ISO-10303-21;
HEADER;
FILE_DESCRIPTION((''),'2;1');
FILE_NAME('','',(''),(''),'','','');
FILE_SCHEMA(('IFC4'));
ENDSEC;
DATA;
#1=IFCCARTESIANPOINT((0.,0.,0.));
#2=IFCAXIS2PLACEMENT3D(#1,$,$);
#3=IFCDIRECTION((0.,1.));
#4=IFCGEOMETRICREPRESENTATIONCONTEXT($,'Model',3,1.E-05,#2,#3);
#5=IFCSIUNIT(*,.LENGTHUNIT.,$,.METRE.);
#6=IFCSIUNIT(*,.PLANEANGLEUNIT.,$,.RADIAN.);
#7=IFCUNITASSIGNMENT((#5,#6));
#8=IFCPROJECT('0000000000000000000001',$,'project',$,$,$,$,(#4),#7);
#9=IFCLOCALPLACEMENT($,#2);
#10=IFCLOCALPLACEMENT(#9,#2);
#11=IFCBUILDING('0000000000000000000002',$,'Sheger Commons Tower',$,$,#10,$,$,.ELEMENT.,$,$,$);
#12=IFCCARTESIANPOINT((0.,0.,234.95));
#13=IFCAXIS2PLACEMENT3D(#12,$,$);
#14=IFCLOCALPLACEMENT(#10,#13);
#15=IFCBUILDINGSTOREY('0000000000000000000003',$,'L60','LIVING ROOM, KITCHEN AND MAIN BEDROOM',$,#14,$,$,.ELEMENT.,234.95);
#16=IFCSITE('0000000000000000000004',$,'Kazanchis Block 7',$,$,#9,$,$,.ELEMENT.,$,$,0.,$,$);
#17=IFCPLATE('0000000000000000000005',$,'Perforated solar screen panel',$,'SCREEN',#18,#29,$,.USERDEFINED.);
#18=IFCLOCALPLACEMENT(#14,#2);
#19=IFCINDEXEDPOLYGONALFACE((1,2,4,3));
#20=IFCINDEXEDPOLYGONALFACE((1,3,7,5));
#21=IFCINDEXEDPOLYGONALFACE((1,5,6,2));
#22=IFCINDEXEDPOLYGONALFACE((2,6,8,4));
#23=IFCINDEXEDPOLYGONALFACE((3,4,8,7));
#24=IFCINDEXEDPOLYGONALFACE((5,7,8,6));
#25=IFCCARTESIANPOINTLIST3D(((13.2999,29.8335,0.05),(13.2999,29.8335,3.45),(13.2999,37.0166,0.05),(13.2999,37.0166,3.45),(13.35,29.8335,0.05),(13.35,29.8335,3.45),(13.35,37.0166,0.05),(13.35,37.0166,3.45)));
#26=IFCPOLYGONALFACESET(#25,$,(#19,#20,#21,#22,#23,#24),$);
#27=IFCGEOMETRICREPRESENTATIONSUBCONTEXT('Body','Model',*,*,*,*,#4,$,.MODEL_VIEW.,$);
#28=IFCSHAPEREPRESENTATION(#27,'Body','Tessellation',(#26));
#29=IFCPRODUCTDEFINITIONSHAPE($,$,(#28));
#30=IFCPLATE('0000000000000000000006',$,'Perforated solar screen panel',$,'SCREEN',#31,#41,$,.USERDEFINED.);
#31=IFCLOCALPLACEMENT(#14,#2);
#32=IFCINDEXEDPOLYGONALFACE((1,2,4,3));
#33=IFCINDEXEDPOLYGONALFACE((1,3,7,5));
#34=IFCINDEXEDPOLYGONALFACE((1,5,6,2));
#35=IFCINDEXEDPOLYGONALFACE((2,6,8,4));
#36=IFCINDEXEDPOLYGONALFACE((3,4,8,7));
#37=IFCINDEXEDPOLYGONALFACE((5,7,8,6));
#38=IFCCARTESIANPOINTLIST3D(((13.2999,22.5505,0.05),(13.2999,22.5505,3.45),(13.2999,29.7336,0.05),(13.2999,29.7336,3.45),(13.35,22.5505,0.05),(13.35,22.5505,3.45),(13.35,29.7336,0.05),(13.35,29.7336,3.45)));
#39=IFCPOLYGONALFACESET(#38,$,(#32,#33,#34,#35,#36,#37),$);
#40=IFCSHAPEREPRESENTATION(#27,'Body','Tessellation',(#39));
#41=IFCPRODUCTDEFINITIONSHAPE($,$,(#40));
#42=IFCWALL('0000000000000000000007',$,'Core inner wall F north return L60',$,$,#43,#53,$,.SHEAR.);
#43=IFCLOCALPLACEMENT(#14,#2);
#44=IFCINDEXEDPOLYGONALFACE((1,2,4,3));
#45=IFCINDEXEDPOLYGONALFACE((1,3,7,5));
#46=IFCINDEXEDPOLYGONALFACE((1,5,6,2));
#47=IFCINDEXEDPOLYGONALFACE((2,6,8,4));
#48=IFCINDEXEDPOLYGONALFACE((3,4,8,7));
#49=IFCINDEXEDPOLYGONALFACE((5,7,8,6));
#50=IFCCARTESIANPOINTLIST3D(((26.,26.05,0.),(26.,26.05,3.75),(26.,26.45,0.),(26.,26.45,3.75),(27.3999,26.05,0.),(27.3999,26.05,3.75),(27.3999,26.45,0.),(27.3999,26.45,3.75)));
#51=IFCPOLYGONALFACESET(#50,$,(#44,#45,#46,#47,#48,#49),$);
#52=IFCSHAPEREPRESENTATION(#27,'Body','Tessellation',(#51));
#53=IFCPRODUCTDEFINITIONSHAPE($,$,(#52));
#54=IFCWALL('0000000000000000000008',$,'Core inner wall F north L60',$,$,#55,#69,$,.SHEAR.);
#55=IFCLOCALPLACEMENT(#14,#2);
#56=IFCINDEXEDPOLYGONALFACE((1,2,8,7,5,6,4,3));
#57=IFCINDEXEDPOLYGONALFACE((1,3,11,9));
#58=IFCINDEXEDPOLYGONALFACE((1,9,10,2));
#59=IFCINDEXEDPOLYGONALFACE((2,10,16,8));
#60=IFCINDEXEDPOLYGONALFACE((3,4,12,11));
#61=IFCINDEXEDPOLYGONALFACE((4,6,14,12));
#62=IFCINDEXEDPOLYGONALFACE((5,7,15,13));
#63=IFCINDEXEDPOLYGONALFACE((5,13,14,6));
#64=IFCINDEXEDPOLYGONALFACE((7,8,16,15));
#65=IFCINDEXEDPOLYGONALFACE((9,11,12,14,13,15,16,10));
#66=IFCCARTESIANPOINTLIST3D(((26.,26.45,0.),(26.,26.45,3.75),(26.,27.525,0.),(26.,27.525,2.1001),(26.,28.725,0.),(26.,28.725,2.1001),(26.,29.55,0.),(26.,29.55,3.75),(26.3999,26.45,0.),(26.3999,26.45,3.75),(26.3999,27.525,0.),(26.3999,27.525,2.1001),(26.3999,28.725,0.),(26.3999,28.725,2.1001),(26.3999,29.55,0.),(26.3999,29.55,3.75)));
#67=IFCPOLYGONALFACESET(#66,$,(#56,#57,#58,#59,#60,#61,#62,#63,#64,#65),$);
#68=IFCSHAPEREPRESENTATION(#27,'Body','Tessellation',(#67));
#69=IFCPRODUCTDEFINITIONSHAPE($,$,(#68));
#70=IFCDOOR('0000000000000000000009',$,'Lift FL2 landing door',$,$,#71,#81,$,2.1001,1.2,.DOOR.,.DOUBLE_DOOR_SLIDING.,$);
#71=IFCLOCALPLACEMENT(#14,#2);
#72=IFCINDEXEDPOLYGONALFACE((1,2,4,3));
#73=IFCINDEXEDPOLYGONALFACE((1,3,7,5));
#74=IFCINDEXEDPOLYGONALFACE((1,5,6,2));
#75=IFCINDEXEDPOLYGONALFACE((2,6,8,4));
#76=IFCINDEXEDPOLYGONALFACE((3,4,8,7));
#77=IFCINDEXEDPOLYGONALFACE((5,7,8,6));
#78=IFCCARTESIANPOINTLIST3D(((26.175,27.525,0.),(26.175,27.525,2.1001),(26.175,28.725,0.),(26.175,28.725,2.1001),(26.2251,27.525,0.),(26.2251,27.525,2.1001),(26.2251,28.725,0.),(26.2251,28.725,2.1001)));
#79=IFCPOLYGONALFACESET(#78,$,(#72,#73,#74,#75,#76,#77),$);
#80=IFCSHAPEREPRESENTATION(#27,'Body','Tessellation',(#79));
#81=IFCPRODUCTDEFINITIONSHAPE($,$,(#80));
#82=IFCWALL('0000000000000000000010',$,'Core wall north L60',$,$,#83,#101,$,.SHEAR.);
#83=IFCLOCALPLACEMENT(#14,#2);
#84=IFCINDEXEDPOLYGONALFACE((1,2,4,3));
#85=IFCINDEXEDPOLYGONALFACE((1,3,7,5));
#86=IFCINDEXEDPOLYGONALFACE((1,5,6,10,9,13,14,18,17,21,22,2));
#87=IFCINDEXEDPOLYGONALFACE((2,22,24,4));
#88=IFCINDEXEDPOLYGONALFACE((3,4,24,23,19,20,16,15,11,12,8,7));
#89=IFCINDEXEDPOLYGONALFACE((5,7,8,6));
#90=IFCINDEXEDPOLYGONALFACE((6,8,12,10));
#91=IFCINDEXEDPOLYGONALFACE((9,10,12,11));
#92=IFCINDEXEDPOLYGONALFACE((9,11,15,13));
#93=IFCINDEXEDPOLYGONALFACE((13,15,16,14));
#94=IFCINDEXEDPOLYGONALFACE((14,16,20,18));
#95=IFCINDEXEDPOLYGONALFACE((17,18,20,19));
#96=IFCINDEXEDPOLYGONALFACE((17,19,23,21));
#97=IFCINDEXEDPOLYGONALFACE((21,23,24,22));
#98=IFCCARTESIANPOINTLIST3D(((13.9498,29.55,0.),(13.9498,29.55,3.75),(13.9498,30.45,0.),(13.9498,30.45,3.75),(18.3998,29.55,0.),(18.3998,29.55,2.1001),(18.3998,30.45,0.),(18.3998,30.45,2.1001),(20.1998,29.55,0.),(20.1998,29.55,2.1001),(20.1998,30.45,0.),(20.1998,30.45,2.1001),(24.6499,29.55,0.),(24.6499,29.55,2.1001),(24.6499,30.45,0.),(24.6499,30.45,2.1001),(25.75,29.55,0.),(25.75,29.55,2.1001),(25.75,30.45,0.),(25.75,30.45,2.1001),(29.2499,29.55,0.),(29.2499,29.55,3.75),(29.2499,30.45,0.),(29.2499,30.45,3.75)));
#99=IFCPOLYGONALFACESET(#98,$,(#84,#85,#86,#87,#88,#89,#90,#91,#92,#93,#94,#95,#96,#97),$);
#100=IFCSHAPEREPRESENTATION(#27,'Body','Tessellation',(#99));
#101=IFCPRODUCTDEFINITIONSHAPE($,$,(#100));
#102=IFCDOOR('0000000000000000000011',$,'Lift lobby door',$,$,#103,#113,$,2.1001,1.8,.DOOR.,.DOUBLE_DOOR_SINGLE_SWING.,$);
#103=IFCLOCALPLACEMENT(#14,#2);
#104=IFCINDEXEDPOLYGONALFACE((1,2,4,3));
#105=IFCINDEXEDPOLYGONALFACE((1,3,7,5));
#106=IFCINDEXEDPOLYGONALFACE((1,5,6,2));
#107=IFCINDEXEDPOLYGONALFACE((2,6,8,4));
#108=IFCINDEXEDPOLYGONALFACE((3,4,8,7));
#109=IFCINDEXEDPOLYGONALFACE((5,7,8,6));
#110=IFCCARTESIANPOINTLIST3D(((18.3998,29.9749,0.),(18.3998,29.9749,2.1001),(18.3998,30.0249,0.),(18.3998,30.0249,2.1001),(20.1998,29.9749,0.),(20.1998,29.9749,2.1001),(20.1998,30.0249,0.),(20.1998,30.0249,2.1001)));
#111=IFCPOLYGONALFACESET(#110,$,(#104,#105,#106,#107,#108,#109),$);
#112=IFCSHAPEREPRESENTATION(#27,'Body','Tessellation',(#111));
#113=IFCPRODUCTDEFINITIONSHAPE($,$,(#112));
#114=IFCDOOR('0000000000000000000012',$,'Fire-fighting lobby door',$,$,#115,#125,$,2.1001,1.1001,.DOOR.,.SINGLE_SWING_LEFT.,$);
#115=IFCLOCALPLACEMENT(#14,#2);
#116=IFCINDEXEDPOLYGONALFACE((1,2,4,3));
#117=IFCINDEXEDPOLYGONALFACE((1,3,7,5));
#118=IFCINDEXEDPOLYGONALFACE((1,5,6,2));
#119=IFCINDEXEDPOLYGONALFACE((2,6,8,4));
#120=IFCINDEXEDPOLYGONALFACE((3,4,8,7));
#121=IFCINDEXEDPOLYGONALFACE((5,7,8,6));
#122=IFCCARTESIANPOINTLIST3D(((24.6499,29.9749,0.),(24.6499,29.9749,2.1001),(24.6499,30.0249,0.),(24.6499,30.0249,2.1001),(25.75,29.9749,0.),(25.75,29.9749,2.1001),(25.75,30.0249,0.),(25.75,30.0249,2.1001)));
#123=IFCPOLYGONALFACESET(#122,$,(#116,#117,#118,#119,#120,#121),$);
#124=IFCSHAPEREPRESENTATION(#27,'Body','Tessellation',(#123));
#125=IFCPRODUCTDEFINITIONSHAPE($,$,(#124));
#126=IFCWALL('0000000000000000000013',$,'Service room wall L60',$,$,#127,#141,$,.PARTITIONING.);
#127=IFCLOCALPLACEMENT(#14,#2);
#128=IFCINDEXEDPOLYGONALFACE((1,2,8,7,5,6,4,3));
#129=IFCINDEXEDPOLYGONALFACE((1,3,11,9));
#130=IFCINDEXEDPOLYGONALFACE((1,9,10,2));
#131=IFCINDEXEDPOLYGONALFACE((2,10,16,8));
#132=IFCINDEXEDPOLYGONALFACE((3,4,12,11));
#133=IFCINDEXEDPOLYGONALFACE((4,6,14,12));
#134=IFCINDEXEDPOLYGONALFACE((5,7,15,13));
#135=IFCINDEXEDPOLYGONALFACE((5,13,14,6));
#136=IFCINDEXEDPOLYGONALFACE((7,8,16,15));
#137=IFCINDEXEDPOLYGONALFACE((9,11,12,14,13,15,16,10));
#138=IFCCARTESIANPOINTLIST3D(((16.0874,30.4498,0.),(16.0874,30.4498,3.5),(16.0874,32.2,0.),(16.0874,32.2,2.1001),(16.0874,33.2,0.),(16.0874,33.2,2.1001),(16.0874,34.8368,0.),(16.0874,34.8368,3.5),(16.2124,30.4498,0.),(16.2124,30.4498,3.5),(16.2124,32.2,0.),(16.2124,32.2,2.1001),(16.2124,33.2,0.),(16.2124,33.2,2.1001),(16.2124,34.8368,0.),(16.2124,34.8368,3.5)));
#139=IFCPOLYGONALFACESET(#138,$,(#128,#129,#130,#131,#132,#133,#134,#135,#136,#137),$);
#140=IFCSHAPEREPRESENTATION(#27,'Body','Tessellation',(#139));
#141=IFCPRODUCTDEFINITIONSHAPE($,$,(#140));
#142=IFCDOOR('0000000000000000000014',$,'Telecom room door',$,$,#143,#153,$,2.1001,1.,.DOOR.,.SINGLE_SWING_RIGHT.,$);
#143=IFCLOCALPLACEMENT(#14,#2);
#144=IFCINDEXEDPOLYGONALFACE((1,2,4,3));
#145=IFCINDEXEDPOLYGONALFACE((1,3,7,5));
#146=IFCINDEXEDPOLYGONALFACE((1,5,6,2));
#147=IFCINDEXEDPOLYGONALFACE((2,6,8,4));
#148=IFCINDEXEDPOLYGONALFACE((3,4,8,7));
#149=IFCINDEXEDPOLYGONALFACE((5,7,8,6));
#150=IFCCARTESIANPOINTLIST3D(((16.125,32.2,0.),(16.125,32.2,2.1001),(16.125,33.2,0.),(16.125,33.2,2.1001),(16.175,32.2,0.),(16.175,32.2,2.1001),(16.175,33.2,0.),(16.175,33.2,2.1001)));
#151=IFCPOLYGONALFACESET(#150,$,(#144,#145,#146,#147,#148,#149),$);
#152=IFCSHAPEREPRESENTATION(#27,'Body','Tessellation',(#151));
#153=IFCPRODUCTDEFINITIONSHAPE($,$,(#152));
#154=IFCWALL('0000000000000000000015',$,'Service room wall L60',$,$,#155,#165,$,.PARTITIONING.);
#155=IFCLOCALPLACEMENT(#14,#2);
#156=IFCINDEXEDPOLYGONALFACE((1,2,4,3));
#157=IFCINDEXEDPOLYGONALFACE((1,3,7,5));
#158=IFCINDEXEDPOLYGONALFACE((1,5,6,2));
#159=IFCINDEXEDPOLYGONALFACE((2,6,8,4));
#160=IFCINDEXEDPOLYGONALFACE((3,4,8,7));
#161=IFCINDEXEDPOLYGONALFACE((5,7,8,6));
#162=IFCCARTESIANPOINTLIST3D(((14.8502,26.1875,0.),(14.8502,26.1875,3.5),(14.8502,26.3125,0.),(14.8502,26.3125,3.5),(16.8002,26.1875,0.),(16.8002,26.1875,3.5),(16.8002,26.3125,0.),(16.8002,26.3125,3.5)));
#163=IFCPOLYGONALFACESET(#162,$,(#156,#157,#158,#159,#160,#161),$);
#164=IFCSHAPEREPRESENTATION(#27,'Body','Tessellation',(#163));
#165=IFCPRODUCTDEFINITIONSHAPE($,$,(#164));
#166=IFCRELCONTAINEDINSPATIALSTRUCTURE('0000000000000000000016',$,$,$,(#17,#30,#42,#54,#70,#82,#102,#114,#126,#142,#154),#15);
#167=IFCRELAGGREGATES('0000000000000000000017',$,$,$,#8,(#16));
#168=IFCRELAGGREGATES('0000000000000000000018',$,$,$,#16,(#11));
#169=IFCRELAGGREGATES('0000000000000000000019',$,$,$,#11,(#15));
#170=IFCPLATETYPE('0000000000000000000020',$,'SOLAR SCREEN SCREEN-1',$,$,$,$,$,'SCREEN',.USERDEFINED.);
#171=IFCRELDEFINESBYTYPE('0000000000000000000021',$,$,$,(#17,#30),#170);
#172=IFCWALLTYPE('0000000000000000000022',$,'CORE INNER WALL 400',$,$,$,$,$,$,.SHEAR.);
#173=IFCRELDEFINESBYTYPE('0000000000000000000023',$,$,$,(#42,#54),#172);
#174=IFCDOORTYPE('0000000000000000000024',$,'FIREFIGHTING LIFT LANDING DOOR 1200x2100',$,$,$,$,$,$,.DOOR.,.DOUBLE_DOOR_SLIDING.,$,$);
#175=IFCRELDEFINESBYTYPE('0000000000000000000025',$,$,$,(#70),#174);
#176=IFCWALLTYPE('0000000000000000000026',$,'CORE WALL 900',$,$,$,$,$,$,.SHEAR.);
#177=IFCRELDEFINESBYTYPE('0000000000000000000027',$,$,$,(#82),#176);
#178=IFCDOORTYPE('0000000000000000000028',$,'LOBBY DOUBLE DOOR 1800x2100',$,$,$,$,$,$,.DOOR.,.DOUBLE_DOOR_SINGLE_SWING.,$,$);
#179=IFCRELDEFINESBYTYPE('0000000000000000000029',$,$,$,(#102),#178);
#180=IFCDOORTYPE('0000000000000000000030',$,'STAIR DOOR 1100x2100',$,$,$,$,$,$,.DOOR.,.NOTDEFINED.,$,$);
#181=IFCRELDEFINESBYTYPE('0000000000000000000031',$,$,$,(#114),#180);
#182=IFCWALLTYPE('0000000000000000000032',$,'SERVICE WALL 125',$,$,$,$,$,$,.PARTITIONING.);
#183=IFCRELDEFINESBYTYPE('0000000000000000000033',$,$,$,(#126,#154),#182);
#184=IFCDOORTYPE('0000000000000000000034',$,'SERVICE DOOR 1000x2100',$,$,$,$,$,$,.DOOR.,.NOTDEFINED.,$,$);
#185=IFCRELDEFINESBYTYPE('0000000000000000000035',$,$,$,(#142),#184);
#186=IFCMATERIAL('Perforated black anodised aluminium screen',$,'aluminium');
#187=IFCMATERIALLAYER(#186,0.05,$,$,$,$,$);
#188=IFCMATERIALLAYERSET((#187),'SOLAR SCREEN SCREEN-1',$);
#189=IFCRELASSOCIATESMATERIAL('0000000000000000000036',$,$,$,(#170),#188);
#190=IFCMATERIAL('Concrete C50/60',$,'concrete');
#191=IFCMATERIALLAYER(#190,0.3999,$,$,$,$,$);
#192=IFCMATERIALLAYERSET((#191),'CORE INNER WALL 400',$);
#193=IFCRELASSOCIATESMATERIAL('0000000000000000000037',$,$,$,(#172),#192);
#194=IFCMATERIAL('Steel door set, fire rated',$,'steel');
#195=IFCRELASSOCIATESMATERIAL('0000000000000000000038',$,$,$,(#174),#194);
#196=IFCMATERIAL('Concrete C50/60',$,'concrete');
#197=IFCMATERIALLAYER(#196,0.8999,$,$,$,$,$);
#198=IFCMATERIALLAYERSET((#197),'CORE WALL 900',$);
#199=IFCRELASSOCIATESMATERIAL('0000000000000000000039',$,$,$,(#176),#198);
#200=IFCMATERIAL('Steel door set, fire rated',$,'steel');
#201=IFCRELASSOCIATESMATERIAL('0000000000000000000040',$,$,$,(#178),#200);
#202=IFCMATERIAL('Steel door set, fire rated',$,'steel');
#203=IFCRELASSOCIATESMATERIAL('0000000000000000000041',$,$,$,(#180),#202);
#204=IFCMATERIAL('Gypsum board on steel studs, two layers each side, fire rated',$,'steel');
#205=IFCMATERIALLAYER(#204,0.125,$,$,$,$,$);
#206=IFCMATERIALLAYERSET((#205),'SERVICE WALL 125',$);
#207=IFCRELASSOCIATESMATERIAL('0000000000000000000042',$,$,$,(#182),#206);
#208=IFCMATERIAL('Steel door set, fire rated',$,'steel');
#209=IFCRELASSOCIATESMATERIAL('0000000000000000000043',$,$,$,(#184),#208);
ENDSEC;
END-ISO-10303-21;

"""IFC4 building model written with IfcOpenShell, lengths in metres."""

from ifc_helpers import new_model, si_unit, direction, frame, frame_2d, origin, origin_2d, place, context, subcontext, project, spatial, rectangle, extrude, material, layer, layer_set, type_object, element, fill, save


model = new_model("IFC4")

# Units and contexts
model_context = context("Model", 3, precision=1e-05, world=origin(), true_north=direction((0.0, 1.0)))
body_context = subcontext(model_context, "Body", "Model", "MODEL_VIEW")
ifc_project = project(units=[si_unit("LENGTHUNIT", "METRE"), si_unit("PLANEANGLEUNIT", "RADIAN")], contexts=[model_context])

# Site, building, storey
site_placement = place(None, origin())
site = spatial("IfcSite", under=ifc_project, at=site_placement, Name="Kazanchis Block 7", CompositionType="ELEMENT", RefElevation=0.0)
building_placement = place(site_placement, origin())
building = spatial("IfcBuilding", under=site, at=building_placement, Name="Sheger Commons Tower", CompositionType="ELEMENT")
storey_placement = place(building_placement, frame((0.0, 0.0, 234.95)))
storey = spatial("IfcBuildingStorey", under=building, at=storey_placement, Name="L60", Description="LIVING ROOM, KITCHEN AND MAIN BEDROOM", CompositionType="ELEMENT", Elevation=234.95)

# Plates
ifc_material_1 = material(Name="Perforated black anodised aluminium screen", Category="aluminium")
ifc_layer_1 = layer(ifc_material_1, 0.05)
ifc_layer_set_1 = layer_set([ifc_layer_1], Name="SOLAR SCREEN SCREEN-1")
plate_type = type_object("IfcPlateType", Name="SOLAR SCREEN SCREEN-1", ElementType="SCREEN", PredefinedType="USERDEFINED", material=ifc_layer_set_1)
for number, where, z_axis, x_axis, name in (
    (1, (13.325, 33.425, 0.05), (0.0, 0.0, 1.0), (0.0, -1.0, 0.0), "Perforated solar screen panel"),
    (2, (13.325, 26.1421, 0.05), (0.0, 0.0, 1.0), (0.0, -1.0, 0.0), "Perforated solar screen panel"),
):
    element("IfcPlate", number, at=place(storey_placement, frame(where, z_axis=z_axis, x_axis=x_axis)), inside=storey, type_object=plate_type, Name=name, ObjectType="SCREEN", PredefinedType="USERDEFINED", context=body_context, shape_type="SweptSolid", body=[
        extrude(rectangle(XDim=7.1831, YDim=0.05, at=origin_2d()), origin(), (0.0, 0.0, 1.0), 3.3999),
    ])

# Wall
ifc_material_2 = material(Name="Concrete C50/60", Category="concrete")
ifc_layer_2 = layer(ifc_material_2, 0.3999)
ifc_layer_set_2 = layer_set([ifc_layer_2], Name="CORE INNER WALL 400")
wall_type_1 = type_object("IfcWallType", Name="CORE INNER WALL 400", PredefinedType="SHEAR", material=ifc_layer_set_2)
wall_1_placement = place(storey_placement, frame((26.0, 26.25, 0.0), z_axis=(0.0, 0.0, 1.0), x_axis=(1.0, 0.0, 0.0)))
element("IfcWall", 3, at=wall_1_placement, inside=storey, type_object=wall_type_1, Name="Core inner wall F north return L60", PredefinedType="SHEAR", context=body_context, shape_type="SweptSolid", body=[
    extrude(rectangle(XDim=1.3999, YDim=0.3999, at=frame_2d((0.7, 0.0))), origin(), (0.0, 0.0, 1.0), 3.75),
])

# Wall, opening, door
wall_2_placement = place(storey_placement, frame((26.2, 26.45, 0.0), z_axis=(0.0, 0.0, 1.0), x_axis=(0.0, 1.0, 0.0)))
wall_2 = element("IfcWall", 4, at=wall_2_placement, inside=storey, type_object=wall_type_1, Name="Core inner wall F north L60", PredefinedType="SHEAR", context=body_context, shape_type="SweptSolid", body=[
    extrude(rectangle(XDim=3.1001, YDim=0.3999, at=frame_2d((1.55, 0.0))), origin(), (0.0, 0.0, 1.0), 3.75),
])
opening_1_placement = place(wall_2_placement, frame((1.075, 0.0, 0.0)))
opening_1 = element("IfcOpeningElement", 5, at=opening_1_placement, cuts=wall_2, PredefinedType="OPENING", context=body_context, shape_type="SweptSolid", body=[
    extrude(rectangle(XDim=1.2, YDim=2.1001, at=frame_2d((0.6001, 1.05))), frame((0.0, 0.21, 0.0), z_axis=(0.0, -1.0, 0.0), x_axis=(1.0, 0.0, 0.0)), (0.0, 0.0, 1.0), 0.4199),
])
ifc_material_3 = material(Name="Steel door set, fire rated", Category="steel")
door_type_1 = type_object("IfcDoorType", Name="FIREFIGHTING LIFT LANDING DOOR 1200x2100", OperationType="DOUBLE_DOOR_SLIDING", PredefinedType="DOOR", material=ifc_material_3)
door_1_placement = place(opening_1_placement, origin())
door_1 = element("IfcDoor", 6, at=door_1_placement, inside=storey, type_object=door_type_1, Name="Lift FL2 landing door", OperationType="DOUBLE_DOOR_SLIDING", OverallHeight=2.1001, OverallWidth=1.2, PredefinedType="DOOR", context=body_context, shape_type="SweptSolid", body=[
    extrude(rectangle(XDim=1.2, YDim=2.1001, at=frame_2d((0.6001, 1.05))), frame((0.0, 0.0249, 0.0), z_axis=(0.0, -1.0, 0.0), x_axis=(1.0, 0.0, 0.0)), (0.0, 0.0, 1.0), 0.05),
])
fill(opening_1, door_1)

# Wall, openings, doors
ifc_material_4 = material(Name="Concrete C50/60", Category="concrete")
ifc_layer_3 = layer(ifc_material_4, 0.8999)
ifc_layer_set_3 = layer_set([ifc_layer_3], Name="CORE WALL 900")
wall_type_2 = type_object("IfcWallType", Name="CORE WALL 900", PredefinedType="SHEAR", material=ifc_layer_set_3)
wall_3_placement = place(storey_placement, frame((13.95, 30.0, 0.0), z_axis=(0.0, 0.0, 1.0), x_axis=(1.0, 0.0, 0.0)))
wall_3 = element("IfcWall", 7, at=wall_3_placement, inside=storey, type_object=wall_type_2, Name="Core wall north L60", PredefinedType="SHEAR", context=body_context, shape_type="SweptSolid", body=[
    extrude(rectangle(XDim=15.3, YDim=0.8999, at=frame_2d((7.6499, 0.0))), origin(), (0.0, 0.0, 1.0), 3.75),
])
opening_2_placement = place(wall_3_placement, frame((4.45, 0.0, 0.0)))
opening_2 = element("IfcOpeningElement", 8, at=opening_2_placement, cuts=wall_3, PredefinedType="OPENING", context=body_context, shape_type="SweptSolid", body=[
    extrude(rectangle(XDim=1.8, YDim=2.1001, at=frame_2d((0.8999, 1.05))), frame((0.0, 0.46, 0.0), z_axis=(0.0, -1.0, 0.0), x_axis=(1.0, 0.0, 0.0)), (0.0, 0.0, 1.0), 0.9199),
])
opening_3_placement = place(wall_3_placement, frame((10.7, 0.0, 0.0)))
opening_3 = element("IfcOpeningElement", 9, at=opening_3_placement, cuts=wall_3, PredefinedType="OPENING", context=body_context, shape_type="SweptSolid", body=[
    extrude(rectangle(XDim=1.1001, YDim=2.1001, at=frame_2d((0.55, 1.05))), frame((0.0, 0.46, 0.0), z_axis=(0.0, -1.0, 0.0), x_axis=(1.0, 0.0, 0.0)), (0.0, 0.0, 1.0), 0.9199),
])
ifc_material_5 = material(Name="Steel door set, fire rated", Category="steel")
door_type_2 = type_object("IfcDoorType", Name="LOBBY DOUBLE DOOR 1800x2100", OperationType="DOUBLE_DOOR_SINGLE_SWING", PredefinedType="DOOR", material=ifc_material_5)
door_2_placement = place(opening_2_placement, origin())
door_2 = element("IfcDoor", 10, at=door_2_placement, inside=storey, type_object=door_type_2, Name="Lift lobby door", OperationType="DOUBLE_DOOR_SINGLE_SWING", OverallHeight=2.1001, OverallWidth=1.8, PredefinedType="DOOR", context=body_context, shape_type="SweptSolid", body=[
    extrude(rectangle(XDim=1.8, YDim=2.1001, at=frame_2d((0.8999, 1.05))), frame((0.0, 0.0249, 0.0), z_axis=(0.0, -1.0, 0.0), x_axis=(1.0, 0.0, 0.0)), (0.0, 0.0, 1.0), 0.05),
])
fill(opening_2, door_2)
ifc_material_6 = material(Name="Steel door set, fire rated", Category="steel")
door_type_3 = type_object("IfcDoorType", Name="STAIR DOOR 1100x2100", OperationType="NOTDEFINED", PredefinedType="DOOR", material=ifc_material_6)
door_3_placement = place(opening_3_placement, origin())
door_3 = element("IfcDoor", 11, at=door_3_placement, inside=storey, type_object=door_type_3, Name="Fire-fighting lobby door", OperationType="SINGLE_SWING_LEFT", OverallHeight=2.1001, OverallWidth=1.1001, PredefinedType="DOOR", context=body_context, shape_type="SweptSolid", body=[
    extrude(rectangle(XDim=1.1001, YDim=2.1001, at=frame_2d((0.55, 1.05))), frame((0.0, 0.0249, 0.0), z_axis=(0.0, -1.0, 0.0), x_axis=(1.0, 0.0, 0.0)), (0.0, 0.0, 1.0), 0.05),
])
fill(opening_3, door_3)

# Wall, opening, door
ifc_material_7 = material(Name="Gypsum board on steel studs, two layers each side, fire rated", Category="steel")
ifc_layer_4 = layer(ifc_material_7, 0.125)
ifc_layer_set_4 = layer_set([ifc_layer_4], Name="SERVICE WALL 125")
wall_type_3 = type_object("IfcWallType", Name="SERVICE WALL 125", PredefinedType="PARTITIONING", material=ifc_layer_set_4)
wall_4_placement = place(storey_placement, frame((16.1499, 30.45, 0.0), z_axis=(0.0, 0.0, 1.0), x_axis=(0.0, 1.0, 0.0)))
wall_4 = element("IfcWall", 12, at=wall_4_placement, inside=storey, type_object=wall_type_3, Name="Service room wall L60", PredefinedType="PARTITIONING", context=body_context, shape_type="SweptSolid", body=[
    extrude(rectangle(XDim=4.387, YDim=0.125, at=frame_2d((2.1934, 0.0))), origin(), (0.0, 0.0, 1.0), 3.5),
])
opening_4_placement = place(wall_4_placement, frame((1.75, 0.0, 0.0)))
opening_4 = element("IfcOpeningElement", 13, at=opening_4_placement, cuts=wall_4, PredefinedType="OPENING", context=body_context, shape_type="SweptSolid", body=[
    extrude(rectangle(XDim=1.0, YDim=2.1001, at=frame_2d((0.5, 1.05))), frame((0.0, 0.0725, 0.0), z_axis=(0.0, -1.0, 0.0), x_axis=(1.0, 0.0, 0.0)), (0.0, 0.0, 1.0), 0.145),
])
ifc_material_8 = material(Name="Steel door set, fire rated", Category="steel")
door_type_4 = type_object("IfcDoorType", Name="SERVICE DOOR 1000x2100", OperationType="NOTDEFINED", PredefinedType="DOOR", material=ifc_material_8)
door_4_placement = place(opening_4_placement, origin())
door_4 = element("IfcDoor", 14, at=door_4_placement, inside=storey, type_object=door_type_4, Name="Telecom room door", OperationType="SINGLE_SWING_RIGHT", OverallHeight=2.1001, OverallWidth=1.0, PredefinedType="DOOR", context=body_context, shape_type="SweptSolid", body=[
    extrude(rectangle(XDim=1.0, YDim=2.1001, at=frame_2d((0.5, 1.05))), frame((0.0, 0.0249, 0.0), z_axis=(0.0, -1.0, 0.0), x_axis=(1.0, 0.0, 0.0)), (0.0, 0.0, 1.0), 0.05),
])
fill(opening_4, door_4)

# Wall
wall_5_placement = place(storey_placement, frame((14.8501, 26.25, 0.0), z_axis=(0.0, 0.0, 1.0), x_axis=(1.0, 0.0, 0.0)))
element("IfcWall", 15, at=wall_5_placement, inside=storey, type_object=wall_type_3, Name="Service room wall L60", PredefinedType="PARTITIONING", context=body_context, shape_type="SweptSolid", body=[
    extrude(rectangle(XDim=1.95, YDim=0.125, at=frame_2d((0.9751, 0.0))), origin(), (0.0, 0.0, 1.0), 3.5),
])

save(model, "model.ifc")
